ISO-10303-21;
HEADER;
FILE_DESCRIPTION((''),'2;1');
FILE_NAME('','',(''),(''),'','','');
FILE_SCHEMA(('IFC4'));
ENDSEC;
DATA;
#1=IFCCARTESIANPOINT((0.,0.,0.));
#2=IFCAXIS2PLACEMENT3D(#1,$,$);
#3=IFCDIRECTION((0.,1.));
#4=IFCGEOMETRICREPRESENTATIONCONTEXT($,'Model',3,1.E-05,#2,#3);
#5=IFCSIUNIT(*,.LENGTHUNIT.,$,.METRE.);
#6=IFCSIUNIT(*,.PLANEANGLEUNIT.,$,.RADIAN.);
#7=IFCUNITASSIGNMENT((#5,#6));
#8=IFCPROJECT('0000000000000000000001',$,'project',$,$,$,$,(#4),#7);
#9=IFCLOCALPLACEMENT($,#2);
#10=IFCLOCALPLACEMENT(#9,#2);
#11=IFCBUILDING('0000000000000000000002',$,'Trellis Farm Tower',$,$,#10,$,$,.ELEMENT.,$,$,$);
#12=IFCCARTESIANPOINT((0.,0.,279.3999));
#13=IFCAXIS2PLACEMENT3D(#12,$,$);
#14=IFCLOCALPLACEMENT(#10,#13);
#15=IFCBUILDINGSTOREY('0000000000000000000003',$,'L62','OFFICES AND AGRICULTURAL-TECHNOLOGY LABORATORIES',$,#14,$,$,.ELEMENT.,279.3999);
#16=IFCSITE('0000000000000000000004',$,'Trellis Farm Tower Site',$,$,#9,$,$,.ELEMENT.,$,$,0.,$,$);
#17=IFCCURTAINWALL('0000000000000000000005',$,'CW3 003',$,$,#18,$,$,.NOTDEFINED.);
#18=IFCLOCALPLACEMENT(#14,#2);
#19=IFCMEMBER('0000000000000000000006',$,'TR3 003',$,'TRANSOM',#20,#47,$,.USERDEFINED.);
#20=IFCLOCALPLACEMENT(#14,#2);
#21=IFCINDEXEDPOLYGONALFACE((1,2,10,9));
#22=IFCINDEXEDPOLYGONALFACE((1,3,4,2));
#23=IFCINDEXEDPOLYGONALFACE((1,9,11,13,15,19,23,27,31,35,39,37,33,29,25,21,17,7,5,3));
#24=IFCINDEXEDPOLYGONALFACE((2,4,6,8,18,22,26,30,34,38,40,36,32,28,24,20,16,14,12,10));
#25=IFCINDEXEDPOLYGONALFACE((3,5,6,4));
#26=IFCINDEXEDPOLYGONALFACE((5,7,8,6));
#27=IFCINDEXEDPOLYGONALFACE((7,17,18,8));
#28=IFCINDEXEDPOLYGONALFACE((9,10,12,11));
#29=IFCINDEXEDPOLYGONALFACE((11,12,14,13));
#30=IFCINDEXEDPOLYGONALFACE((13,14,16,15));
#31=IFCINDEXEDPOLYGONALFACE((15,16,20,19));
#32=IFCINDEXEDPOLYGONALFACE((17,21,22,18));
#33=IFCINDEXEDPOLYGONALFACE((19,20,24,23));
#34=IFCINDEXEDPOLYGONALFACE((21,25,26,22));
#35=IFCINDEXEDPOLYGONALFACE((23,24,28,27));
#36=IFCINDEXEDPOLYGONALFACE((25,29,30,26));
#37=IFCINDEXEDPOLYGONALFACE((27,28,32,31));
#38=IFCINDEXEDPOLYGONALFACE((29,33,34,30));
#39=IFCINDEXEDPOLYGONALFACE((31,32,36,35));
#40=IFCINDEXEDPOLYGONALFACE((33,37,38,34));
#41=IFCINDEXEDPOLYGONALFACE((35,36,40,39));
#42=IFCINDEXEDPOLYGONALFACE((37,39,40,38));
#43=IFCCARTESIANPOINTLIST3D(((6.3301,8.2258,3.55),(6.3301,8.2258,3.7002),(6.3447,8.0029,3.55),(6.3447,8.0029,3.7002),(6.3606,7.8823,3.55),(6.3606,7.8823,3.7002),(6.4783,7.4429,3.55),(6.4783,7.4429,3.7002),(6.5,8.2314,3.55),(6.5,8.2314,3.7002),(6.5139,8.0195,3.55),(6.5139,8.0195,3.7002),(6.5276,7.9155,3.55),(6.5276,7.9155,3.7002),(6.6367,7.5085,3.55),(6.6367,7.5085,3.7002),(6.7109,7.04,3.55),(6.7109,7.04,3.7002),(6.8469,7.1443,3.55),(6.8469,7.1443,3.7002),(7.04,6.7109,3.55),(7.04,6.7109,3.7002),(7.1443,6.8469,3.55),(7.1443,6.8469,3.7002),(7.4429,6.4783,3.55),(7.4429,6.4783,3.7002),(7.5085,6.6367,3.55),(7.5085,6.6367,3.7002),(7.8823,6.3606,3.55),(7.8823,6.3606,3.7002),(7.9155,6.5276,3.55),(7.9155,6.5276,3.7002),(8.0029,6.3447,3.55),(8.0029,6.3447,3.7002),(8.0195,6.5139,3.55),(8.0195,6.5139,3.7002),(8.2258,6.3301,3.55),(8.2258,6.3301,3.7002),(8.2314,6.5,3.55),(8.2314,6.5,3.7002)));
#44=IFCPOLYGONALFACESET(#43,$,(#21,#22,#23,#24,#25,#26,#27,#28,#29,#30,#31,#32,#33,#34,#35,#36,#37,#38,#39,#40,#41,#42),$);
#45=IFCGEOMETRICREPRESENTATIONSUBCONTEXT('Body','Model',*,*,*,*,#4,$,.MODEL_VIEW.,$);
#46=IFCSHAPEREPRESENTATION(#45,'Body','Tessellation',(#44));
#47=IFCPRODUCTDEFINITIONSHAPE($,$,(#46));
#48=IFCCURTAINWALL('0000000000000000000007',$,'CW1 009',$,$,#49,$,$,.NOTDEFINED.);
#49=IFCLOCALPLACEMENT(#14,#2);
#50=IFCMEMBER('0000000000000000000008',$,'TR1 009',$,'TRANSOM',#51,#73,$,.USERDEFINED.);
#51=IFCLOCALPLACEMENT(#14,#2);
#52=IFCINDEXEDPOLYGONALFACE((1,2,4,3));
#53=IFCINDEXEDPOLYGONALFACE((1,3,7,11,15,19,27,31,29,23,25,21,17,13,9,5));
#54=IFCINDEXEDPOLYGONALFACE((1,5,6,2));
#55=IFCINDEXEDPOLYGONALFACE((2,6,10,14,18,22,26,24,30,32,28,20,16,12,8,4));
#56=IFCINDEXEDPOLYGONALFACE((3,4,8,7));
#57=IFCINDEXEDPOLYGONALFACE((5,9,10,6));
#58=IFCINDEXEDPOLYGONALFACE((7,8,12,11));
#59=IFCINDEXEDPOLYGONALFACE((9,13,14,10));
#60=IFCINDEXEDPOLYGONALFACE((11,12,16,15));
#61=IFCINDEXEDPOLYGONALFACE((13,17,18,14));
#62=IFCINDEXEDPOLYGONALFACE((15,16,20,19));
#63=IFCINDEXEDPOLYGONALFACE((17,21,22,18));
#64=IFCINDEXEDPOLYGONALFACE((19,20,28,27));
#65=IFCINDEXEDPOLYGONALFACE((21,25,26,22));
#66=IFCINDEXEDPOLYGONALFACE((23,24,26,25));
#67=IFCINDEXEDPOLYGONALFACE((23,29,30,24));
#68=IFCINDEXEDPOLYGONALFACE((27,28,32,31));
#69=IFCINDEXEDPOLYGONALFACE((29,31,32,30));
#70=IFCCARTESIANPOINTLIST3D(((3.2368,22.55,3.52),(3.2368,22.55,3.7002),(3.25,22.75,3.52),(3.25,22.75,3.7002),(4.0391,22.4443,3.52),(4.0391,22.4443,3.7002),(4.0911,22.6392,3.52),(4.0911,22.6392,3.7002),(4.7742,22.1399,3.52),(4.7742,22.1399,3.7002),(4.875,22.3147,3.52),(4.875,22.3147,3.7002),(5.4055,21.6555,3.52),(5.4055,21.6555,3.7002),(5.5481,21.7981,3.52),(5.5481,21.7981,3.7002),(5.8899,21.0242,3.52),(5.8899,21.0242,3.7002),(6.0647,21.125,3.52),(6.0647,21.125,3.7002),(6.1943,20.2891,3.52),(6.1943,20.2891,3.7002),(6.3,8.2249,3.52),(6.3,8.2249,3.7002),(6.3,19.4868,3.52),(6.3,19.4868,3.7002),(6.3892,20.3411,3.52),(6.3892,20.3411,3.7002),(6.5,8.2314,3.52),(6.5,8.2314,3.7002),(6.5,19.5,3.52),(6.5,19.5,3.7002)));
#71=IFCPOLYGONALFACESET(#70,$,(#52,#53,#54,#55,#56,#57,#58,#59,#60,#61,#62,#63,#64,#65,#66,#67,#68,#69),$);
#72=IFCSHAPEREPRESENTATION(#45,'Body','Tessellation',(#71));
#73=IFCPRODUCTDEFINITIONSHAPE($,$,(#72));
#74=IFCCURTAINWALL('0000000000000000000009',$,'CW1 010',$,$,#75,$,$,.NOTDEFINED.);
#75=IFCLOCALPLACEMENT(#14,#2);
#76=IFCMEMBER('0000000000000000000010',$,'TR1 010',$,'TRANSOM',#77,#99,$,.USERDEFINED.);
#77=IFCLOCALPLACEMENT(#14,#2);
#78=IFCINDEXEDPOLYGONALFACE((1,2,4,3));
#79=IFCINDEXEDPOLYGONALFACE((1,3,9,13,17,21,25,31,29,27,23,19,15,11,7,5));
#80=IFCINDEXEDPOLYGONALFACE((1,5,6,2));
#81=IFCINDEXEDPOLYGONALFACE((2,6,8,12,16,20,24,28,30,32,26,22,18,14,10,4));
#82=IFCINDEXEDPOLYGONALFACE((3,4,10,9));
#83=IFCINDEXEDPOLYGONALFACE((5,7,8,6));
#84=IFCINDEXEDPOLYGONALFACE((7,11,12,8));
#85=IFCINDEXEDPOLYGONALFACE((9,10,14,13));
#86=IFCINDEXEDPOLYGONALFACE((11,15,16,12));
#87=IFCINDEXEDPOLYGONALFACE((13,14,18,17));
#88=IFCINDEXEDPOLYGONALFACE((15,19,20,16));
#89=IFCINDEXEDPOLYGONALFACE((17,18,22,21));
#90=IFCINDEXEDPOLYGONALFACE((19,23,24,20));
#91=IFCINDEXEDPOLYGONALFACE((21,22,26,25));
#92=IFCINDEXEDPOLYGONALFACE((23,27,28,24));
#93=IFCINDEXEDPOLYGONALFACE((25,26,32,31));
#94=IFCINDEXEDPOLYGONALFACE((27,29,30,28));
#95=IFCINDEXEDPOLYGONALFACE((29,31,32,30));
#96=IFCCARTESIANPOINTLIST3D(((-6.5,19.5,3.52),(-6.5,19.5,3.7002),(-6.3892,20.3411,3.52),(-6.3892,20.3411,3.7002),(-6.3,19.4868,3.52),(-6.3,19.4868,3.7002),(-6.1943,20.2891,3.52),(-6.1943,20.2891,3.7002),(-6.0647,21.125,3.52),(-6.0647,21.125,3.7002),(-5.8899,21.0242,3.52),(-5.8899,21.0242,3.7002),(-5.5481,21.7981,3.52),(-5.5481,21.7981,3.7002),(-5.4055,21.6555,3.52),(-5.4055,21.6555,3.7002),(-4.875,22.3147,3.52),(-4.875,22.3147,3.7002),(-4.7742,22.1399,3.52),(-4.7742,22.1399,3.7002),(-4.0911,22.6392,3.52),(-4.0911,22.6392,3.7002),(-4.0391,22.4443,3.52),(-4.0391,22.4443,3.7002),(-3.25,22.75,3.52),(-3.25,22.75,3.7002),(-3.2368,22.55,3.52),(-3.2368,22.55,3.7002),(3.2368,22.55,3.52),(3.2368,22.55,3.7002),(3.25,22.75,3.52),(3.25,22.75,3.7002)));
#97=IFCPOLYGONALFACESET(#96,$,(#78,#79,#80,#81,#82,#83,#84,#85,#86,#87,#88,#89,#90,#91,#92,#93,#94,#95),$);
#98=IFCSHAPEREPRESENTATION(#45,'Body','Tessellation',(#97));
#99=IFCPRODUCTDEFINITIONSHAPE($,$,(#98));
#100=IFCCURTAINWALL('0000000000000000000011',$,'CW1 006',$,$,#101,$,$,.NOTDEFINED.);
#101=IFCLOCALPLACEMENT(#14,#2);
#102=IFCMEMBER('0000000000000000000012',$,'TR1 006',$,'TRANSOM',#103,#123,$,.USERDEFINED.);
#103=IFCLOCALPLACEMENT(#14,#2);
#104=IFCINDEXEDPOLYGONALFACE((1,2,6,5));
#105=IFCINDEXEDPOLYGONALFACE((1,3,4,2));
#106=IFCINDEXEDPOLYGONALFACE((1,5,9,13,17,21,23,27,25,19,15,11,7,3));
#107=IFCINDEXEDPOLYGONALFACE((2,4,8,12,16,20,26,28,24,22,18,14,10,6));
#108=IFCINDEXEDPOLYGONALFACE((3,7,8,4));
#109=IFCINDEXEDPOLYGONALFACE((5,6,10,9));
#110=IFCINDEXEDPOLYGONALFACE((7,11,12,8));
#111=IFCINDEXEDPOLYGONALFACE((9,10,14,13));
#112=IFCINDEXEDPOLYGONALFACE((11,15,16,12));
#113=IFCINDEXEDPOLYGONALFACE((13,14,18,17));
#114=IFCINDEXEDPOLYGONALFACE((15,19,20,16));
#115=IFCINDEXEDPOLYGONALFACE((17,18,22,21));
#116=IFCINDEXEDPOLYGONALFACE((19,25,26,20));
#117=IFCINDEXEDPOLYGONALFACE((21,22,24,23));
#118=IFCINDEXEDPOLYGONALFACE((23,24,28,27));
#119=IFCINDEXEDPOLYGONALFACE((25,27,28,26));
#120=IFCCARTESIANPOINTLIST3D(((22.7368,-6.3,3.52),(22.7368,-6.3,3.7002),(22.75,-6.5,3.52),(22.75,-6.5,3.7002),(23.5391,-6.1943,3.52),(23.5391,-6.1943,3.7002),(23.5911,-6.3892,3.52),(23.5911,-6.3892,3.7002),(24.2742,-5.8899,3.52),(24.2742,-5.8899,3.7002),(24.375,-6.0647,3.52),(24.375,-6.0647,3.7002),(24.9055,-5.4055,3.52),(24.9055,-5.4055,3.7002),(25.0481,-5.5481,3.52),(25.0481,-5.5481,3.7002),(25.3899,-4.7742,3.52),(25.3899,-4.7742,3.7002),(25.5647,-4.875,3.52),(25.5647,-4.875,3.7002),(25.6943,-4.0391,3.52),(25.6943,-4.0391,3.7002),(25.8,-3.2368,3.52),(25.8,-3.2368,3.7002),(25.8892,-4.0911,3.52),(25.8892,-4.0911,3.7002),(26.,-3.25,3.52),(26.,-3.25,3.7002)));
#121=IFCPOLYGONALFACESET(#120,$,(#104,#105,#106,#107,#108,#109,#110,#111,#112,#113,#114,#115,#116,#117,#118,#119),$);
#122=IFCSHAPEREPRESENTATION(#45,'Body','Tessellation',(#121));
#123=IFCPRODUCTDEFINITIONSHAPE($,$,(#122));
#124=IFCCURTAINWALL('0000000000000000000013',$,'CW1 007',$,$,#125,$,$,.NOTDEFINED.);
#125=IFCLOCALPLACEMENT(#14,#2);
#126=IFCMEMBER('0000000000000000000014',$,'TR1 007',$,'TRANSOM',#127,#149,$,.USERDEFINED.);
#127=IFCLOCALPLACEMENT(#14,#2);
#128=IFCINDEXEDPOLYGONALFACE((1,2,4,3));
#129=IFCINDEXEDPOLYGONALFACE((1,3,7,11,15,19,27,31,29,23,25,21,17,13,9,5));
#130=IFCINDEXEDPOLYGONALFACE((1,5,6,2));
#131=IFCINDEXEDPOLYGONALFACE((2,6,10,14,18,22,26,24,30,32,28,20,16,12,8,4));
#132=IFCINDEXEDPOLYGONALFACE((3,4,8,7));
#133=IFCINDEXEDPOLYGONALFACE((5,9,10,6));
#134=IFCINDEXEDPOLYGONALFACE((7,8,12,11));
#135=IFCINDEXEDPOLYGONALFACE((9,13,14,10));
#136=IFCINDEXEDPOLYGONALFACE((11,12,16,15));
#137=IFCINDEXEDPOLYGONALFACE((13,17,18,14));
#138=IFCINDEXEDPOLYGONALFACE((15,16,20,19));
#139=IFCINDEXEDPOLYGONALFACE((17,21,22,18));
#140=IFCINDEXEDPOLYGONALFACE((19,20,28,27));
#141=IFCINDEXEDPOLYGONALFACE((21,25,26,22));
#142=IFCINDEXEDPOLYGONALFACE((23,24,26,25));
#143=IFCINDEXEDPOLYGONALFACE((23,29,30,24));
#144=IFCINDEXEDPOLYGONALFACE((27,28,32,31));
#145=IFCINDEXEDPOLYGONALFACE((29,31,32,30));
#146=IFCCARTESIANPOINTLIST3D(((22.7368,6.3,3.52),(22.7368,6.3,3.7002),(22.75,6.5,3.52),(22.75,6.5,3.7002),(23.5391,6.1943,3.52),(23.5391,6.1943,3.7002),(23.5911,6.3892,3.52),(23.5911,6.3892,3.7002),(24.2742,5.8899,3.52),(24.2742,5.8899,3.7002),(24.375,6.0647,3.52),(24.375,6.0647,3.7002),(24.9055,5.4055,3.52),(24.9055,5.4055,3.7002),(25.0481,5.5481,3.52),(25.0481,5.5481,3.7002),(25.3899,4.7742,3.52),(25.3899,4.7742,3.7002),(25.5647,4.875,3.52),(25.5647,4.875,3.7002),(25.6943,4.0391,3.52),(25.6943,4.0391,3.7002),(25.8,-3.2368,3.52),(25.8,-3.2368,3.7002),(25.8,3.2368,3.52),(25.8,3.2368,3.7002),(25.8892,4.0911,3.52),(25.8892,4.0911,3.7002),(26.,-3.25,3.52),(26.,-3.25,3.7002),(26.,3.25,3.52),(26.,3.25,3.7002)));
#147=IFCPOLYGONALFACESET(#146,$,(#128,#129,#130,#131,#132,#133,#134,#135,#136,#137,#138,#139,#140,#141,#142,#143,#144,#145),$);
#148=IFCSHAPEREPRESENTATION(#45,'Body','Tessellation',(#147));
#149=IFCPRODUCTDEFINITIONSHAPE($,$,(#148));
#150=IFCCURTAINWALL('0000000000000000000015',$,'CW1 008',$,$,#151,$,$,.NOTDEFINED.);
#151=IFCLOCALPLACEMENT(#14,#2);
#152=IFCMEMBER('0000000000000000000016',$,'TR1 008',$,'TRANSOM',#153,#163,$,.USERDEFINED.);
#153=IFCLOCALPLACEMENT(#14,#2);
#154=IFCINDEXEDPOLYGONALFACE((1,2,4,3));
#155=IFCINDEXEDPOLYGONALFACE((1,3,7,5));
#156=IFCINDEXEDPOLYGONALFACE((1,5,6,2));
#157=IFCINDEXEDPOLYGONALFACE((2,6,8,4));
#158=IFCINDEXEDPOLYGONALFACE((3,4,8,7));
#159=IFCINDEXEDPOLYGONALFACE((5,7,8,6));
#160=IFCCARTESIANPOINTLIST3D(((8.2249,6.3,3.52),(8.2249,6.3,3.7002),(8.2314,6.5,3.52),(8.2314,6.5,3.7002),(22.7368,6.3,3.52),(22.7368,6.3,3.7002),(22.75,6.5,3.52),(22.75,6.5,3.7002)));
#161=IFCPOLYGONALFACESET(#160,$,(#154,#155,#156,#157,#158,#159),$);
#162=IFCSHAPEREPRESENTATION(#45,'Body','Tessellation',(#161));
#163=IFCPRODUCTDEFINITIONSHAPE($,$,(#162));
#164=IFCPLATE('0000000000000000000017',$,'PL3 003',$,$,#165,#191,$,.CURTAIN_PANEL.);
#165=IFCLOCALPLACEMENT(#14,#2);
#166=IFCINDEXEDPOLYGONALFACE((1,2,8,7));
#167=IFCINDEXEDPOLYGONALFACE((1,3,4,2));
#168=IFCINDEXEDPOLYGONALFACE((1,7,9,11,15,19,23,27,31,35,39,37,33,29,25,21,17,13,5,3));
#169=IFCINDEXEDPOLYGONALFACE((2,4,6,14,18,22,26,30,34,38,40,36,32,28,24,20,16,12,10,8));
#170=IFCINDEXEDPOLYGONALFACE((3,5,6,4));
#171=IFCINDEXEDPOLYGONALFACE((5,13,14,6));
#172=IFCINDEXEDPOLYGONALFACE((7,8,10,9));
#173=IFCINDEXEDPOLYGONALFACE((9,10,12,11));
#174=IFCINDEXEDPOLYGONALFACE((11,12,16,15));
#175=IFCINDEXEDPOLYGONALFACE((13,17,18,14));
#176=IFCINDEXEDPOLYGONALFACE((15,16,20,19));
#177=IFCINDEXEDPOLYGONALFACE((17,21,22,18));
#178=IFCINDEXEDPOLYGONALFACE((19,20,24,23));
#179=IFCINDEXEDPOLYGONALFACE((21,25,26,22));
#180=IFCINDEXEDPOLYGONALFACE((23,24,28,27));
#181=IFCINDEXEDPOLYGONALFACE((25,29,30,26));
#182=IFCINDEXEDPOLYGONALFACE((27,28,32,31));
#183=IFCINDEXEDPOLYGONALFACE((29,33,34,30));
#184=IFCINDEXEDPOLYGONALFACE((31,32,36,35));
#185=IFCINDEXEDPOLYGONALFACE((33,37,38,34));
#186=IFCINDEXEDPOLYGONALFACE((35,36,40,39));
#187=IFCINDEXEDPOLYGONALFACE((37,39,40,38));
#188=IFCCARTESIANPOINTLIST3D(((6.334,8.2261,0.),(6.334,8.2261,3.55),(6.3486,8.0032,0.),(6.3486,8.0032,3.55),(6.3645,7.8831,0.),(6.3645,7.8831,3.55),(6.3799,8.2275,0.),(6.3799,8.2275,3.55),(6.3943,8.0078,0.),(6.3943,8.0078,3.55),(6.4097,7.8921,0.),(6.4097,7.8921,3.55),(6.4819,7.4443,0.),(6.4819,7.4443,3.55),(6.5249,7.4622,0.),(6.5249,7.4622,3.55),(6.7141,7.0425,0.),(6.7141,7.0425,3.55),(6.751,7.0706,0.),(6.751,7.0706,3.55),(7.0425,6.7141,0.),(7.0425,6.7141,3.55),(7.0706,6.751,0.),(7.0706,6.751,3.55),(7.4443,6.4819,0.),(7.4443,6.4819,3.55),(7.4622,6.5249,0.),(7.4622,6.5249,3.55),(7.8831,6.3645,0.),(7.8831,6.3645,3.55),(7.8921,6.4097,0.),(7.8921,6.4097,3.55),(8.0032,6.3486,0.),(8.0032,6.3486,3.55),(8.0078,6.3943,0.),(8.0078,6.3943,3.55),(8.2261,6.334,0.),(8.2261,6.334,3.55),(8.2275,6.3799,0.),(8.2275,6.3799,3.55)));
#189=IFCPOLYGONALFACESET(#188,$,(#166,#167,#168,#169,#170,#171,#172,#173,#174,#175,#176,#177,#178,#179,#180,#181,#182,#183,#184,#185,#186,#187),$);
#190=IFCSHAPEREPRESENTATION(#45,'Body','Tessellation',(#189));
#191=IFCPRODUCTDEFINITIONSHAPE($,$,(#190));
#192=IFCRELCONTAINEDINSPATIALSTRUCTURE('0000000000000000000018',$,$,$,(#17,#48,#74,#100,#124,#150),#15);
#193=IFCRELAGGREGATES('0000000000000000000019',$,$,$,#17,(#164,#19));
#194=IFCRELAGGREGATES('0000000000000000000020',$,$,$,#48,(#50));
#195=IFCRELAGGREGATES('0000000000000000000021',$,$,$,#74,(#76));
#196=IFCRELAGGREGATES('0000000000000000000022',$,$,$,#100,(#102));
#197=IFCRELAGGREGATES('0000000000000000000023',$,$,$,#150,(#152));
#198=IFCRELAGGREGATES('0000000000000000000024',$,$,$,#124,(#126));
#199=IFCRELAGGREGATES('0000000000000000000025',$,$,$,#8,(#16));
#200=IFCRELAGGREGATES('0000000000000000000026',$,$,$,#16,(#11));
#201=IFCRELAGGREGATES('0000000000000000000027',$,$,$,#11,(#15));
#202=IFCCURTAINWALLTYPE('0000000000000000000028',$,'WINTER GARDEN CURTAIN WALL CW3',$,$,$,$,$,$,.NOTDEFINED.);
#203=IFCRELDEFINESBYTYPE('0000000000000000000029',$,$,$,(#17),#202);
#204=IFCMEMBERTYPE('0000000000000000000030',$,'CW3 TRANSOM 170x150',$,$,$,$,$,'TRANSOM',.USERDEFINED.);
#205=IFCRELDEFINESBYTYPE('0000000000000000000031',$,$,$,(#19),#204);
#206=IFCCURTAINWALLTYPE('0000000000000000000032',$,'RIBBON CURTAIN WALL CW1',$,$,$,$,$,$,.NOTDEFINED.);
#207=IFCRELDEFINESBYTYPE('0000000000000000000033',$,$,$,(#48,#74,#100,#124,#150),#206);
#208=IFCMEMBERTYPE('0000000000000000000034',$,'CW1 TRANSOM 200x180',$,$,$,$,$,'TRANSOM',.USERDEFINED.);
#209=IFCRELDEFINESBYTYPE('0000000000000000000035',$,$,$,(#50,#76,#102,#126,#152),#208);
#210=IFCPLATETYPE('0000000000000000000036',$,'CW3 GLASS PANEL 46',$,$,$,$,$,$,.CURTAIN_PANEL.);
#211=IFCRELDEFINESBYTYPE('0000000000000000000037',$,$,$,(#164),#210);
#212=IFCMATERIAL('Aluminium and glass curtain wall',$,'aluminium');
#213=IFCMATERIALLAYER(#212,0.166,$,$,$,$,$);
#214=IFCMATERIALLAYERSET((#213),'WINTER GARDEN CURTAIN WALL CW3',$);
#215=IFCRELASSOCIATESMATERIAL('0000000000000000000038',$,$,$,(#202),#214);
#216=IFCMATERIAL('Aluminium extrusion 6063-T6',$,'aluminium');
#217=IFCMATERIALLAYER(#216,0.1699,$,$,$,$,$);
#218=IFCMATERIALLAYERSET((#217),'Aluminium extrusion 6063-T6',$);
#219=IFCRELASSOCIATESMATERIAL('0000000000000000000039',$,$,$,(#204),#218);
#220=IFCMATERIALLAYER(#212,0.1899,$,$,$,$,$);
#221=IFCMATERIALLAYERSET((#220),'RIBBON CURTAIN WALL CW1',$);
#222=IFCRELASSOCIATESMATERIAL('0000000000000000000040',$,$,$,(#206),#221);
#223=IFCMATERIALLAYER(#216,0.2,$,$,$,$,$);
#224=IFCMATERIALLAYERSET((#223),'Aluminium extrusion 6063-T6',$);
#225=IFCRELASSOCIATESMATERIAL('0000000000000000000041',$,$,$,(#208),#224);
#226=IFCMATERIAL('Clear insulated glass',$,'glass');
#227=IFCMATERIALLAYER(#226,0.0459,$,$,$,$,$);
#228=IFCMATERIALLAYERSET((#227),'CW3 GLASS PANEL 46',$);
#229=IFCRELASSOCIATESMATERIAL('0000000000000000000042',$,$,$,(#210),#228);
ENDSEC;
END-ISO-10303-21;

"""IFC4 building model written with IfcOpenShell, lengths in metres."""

from ifc_helpers import new_model, si_unit, direction, frame, origin, place, context, subcontext, project, spatial, polyline, outline, extrude, source, transform, mapped, material, layer, layer_set, type_object, element, aggregate, save


model = new_model("IFC4")

# Units and contexts
model_context = context("Model", 3, precision=1e-05, world=origin(), true_north=direction((0.0, 1.0)))
body_context = subcontext(model_context, "Body", "Model", "MODEL_VIEW")
ifc_project = project(units=[si_unit("LENGTHUNIT", "METRE"), si_unit("PLANEANGLEUNIT", "RADIAN")], contexts=[model_context])

# Site, building, storey
site_placement = place(None, origin())
site = spatial("IfcSite", under=ifc_project, at=site_placement, Name="Trellis Farm Tower Site", CompositionType="ELEMENT", RefElevation=0.0)
building_placement = place(site_placement, origin())
building = spatial("IfcBuilding", under=site, at=building_placement, Name="Trellis Farm Tower", CompositionType="ELEMENT")
storey_placement = place(building_placement, frame((0.0, 0.0, 279.3999)))
storey = spatial("IfcBuildingStorey", under=building, at=storey_placement, Name="L62", Description="OFFICES AND AGRICULTURAL-TECHNOLOGY LABORATORIES", CompositionType="ELEMENT", Elevation=279.3999)

# Curtain walls, members
ifc_material_1 = material(Name="Aluminium and glass curtain wall", Category="aluminium")
ifc_layer_1 = layer(ifc_material_1, 0.166)
ifc_layer_set_1 = layer_set([ifc_layer_1], Name="WINTER GARDEN CURTAIN WALL CW3")
curtain_wall_type_1 = type_object("IfcCurtainWallType", Name="WINTER GARDEN CURTAIN WALL CW3", PredefinedType="NOTDEFINED", material=ifc_layer_set_1)
placement_1 = place(storey_placement, origin())
curtain_wall_1 = element("IfcCurtainWall", 1, at=placement_1, inside=storey, type_object=curtain_wall_type_1, Name="CW3 003", PredefinedType="NOTDEFINED")
ifc_material_2 = material(Name="Aluminium extrusion 6063-T6", Category="aluminium")
ifc_layer_2 = layer(ifc_material_2, 0.1699)
ifc_layer_set_2 = layer_set([ifc_layer_2], Name="Aluminium extrusion 6063-T6")
member_type_1 = type_object("IfcMemberType", Name="CW3 TRANSOM 170x150", ElementType="TRANSOM", PredefinedType="USERDEFINED", material=ifc_layer_set_2)
shared_shape_1 = source(origin(), body_context, "Body", "SweptSolid", [
    extrude(outline(polyline([(8.2314, 6.5), (8.0195, 6.5139), (7.9155, 6.5276), (7.5085, 6.6367), (7.1443, 6.8469), (6.8469, 7.1443), (6.6367, 7.5085), (6.5276, 7.9155), (6.5139, 8.0195), (6.5, 8.2314), (6.3301, 8.2258), (6.3447, 8.0029), (6.3606, 7.8823), (6.4783, 7.4429), (6.7109, 7.04), (7.04, 6.7109), (7.4429, 6.4783), (7.8823, 6.3606), (8.0029, 6.3447), (8.2258, 6.3301), (8.2314, 6.5)])), origin(), (0.0, 0.0, 1.0), 0.1501),
])
member_1_placement = place(storey_placement, frame((0.0, 0.0, 3.55)))
member_1 = element("IfcMember", 2, at=member_1_placement, type_object=member_type_1, Name="TR3 003", ObjectType="TRANSOM", PredefinedType="USERDEFINED", context=body_context, shape_type="MappedRepresentation", body=[
    mapped(shared_shape_1, transform((0.0, 0.0, 0.0))),
])
ifc_layer_3 = layer(ifc_material_1, 0.1899)
ifc_layer_set_3 = layer_set([ifc_layer_3], Name="RIBBON CURTAIN WALL CW1")
curtain_wall_type_2 = type_object("IfcCurtainWallType", Name="RIBBON CURTAIN WALL CW1", PredefinedType="NOTDEFINED", material=ifc_layer_set_3)
curtain_wall_2 = element("IfcCurtainWall", 3, at=placement_1, inside=storey, type_object=curtain_wall_type_2, Name="CW1 009", PredefinedType="NOTDEFINED")
ifc_layer_4 = layer(ifc_material_2, 0.2)
ifc_layer_set_4 = layer_set([ifc_layer_4], Name="Aluminium extrusion 6063-T6")
member_type_2 = type_object("IfcMemberType", Name="CW1 TRANSOM 200x180", ElementType="TRANSOM", PredefinedType="USERDEFINED", material=ifc_layer_set_4)
shared_shape_2 = source(origin(), body_context, "Body", "SweptSolid", [
    extrude(outline(polyline([(6.5, 8.2314), (6.5, 19.5), (6.3892, 20.3411), (6.0647, 21.125), (5.5481, 21.7981), (4.875, 22.3147), (4.0911, 22.6392), (3.25, 22.75), (3.2368, 22.55), (4.0391, 22.4443), (4.7742, 22.1399), (5.4055, 21.6555), (5.8899, 21.0242), (6.1943, 20.2891), (6.3, 19.4868), (6.3, 8.2249), (6.5, 8.2314)])), origin(), (0.0, 0.0, 1.0), 0.1802),
])
placement_2 = place(storey_placement, frame((0.0, 0.0, 3.52)))
member_2 = element("IfcMember", 4, at=placement_2, type_object=member_type_2, Name="TR1 009", ObjectType="TRANSOM", PredefinedType="USERDEFINED", context=body_context, shape_type="MappedRepresentation", body=[
    mapped(shared_shape_2, transform((0.0, 0.0, 0.0))),
])
curtain_wall_3 = element("IfcCurtainWall", 5, at=placement_1, inside=storey, type_object=curtain_wall_type_2, Name="CW1 010", PredefinedType="NOTDEFINED")
shared_shape_3 = source(origin(), body_context, "Body", "SweptSolid", [
    extrude(outline(polyline([(3.25, 22.75), (-3.25, 22.75), (-4.0911, 22.6392), (-4.875, 22.3147), (-5.5481, 21.7981), (-6.0647, 21.125), (-6.3892, 20.3411), (-6.5, 19.5), (-6.3, 19.4868), (-6.1943, 20.2891), (-5.8899, 21.0242), (-5.4055, 21.6555), (-4.7742, 22.1399), (-4.0391, 22.4443), (-3.2368, 22.55), (3.2368, 22.55), (3.25, 22.75)])), origin(), (0.0, 0.0, 1.0), 0.1802),
])
member_3 = element("IfcMember", 6, at=placement_2, type_object=member_type_2, Name="TR1 010", ObjectType="TRANSOM", PredefinedType="USERDEFINED", context=body_context, shape_type="MappedRepresentation", body=[
    mapped(shared_shape_3, transform((0.0, 0.0, 0.0))),
])
curtain_wall_4 = element("IfcCurtainWall", 7, at=placement_1, inside=storey, type_object=curtain_wall_type_2, Name="CW1 006", PredefinedType="NOTDEFINED")
shared_shape_4 = source(origin(), body_context, "Body", "SweptSolid", [
    extrude(outline(polyline([(22.75, -6.5), (23.5911, -6.3892), (24.375, -6.0647), (25.0481, -5.5481), (25.5647, -4.875), (25.8892, -4.0911), (26.0, -3.25), (25.8, -3.2368), (25.6943, -4.0391), (25.3899, -4.7742), (24.9055, -5.4055), (24.2742, -5.8899), (23.5391, -6.1943), (22.7368, -6.3), (22.75, -6.5)])), origin(), (0.0, 0.0, 1.0), 0.1802),
])
member_4 = element("IfcMember", 8, at=placement_2, type_object=member_type_2, Name="TR1 006", ObjectType="TRANSOM", PredefinedType="USERDEFINED", context=body_context, shape_type="MappedRepresentation", body=[
    mapped(shared_shape_4, transform((0.0, 0.0, 0.0))),
])
curtain_wall_5 = element("IfcCurtainWall", 9, at=placement_1, inside=storey, type_object=curtain_wall_type_2, Name="CW1 007", PredefinedType="NOTDEFINED")
shared_shape_5 = source(origin(), body_context, "Body", "SweptSolid", [
    extrude(outline(polyline([(26.0, -3.25), (26.0, 3.25), (25.8892, 4.0911), (25.5647, 4.875), (25.0481, 5.5481), (24.375, 6.0647), (23.5911, 6.3892), (22.75, 6.5), (22.7368, 6.3), (23.5391, 6.1943), (24.2742, 5.8899), (24.9055, 5.4055), (25.3899, 4.7742), (25.6943, 4.0391), (25.8, 3.2368), (25.8, -3.2368), (26.0, -3.25)])), origin(), (0.0, 0.0, 1.0), 0.1802),
])
member_5 = element("IfcMember", 10, at=placement_2, type_object=member_type_2, Name="TR1 007", ObjectType="TRANSOM", PredefinedType="USERDEFINED", context=body_context, shape_type="MappedRepresentation", body=[
    mapped(shared_shape_5, transform((0.0, 0.0, 0.0))),
])
curtain_wall_6 = element("IfcCurtainWall", 11, at=placement_1, inside=storey, type_object=curtain_wall_type_2, Name="CW1 008", PredefinedType="NOTDEFINED")
shared_shape_6 = source(origin(), body_context, "Body", "SweptSolid", [
    extrude(outline(polyline([(22.75, 6.5), (8.2314, 6.5), (8.2249, 6.3), (22.7368, 6.3), (22.75, 6.5)])), origin(), (0.0, 0.0, 1.0), 0.1802),
])
member_6 = element("IfcMember", 12, at=placement_2, type_object=member_type_2, Name="TR1 008", ObjectType="TRANSOM", PredefinedType="USERDEFINED", context=body_context, shape_type="MappedRepresentation", body=[
    mapped(shared_shape_6, transform((0.0, 0.0, 0.0))),
])

# Plate
ifc_material_3 = material(Name="Clear insulated glass", Category="glass")
ifc_layer_5 = layer(ifc_material_3, 0.0459)
ifc_layer_set_5 = layer_set([ifc_layer_5], Name="CW3 GLASS PANEL 46")
plate_type_1 = type_object("IfcPlateType", Name="CW3 GLASS PANEL 46", PredefinedType="CURTAIN_PANEL", material=ifc_layer_set_5)
shared_shape_7 = source(origin(), body_context, "Body", "SweptSolid", [
    extrude(outline(polyline([(8.2275, 6.3799), (8.0078, 6.3943), (7.8921, 6.4097), (7.4622, 6.5249), (7.0706, 6.751), (6.751, 7.0706), (6.5249, 7.4622), (6.4097, 7.8921), (6.3943, 8.0078), (6.3799, 8.2275), (6.334, 8.2261), (6.3486, 8.0032), (6.3645, 7.8831), (6.4819, 7.4443), (6.7141, 7.0425), (7.0425, 6.7141), (7.4443, 6.4819), (7.8831, 6.3645), (8.0032, 6.3486), (8.2261, 6.334), (8.2275, 6.3799)])), origin(), (0.0, 0.0, 1.0), 3.55),
])
plate_1 = element("IfcPlate", 13, at=placement_1, type_object=plate_type_1, Name="PL3 003", PredefinedType="CURTAIN_PANEL", context=body_context, shape_type="MappedRepresentation", body=[
    mapped(shared_shape_7, transform((0.0, 0.0, 0.0))),
])
aggregate(curtain_wall_1, [plate_1, member_1])
aggregate(curtain_wall_2, [member_2])
aggregate(curtain_wall_3, [member_3])
aggregate(curtain_wall_4, [member_4])
aggregate(curtain_wall_6, [member_6])
aggregate(curtain_wall_5, [member_5])

save(model, "model.ifc")
